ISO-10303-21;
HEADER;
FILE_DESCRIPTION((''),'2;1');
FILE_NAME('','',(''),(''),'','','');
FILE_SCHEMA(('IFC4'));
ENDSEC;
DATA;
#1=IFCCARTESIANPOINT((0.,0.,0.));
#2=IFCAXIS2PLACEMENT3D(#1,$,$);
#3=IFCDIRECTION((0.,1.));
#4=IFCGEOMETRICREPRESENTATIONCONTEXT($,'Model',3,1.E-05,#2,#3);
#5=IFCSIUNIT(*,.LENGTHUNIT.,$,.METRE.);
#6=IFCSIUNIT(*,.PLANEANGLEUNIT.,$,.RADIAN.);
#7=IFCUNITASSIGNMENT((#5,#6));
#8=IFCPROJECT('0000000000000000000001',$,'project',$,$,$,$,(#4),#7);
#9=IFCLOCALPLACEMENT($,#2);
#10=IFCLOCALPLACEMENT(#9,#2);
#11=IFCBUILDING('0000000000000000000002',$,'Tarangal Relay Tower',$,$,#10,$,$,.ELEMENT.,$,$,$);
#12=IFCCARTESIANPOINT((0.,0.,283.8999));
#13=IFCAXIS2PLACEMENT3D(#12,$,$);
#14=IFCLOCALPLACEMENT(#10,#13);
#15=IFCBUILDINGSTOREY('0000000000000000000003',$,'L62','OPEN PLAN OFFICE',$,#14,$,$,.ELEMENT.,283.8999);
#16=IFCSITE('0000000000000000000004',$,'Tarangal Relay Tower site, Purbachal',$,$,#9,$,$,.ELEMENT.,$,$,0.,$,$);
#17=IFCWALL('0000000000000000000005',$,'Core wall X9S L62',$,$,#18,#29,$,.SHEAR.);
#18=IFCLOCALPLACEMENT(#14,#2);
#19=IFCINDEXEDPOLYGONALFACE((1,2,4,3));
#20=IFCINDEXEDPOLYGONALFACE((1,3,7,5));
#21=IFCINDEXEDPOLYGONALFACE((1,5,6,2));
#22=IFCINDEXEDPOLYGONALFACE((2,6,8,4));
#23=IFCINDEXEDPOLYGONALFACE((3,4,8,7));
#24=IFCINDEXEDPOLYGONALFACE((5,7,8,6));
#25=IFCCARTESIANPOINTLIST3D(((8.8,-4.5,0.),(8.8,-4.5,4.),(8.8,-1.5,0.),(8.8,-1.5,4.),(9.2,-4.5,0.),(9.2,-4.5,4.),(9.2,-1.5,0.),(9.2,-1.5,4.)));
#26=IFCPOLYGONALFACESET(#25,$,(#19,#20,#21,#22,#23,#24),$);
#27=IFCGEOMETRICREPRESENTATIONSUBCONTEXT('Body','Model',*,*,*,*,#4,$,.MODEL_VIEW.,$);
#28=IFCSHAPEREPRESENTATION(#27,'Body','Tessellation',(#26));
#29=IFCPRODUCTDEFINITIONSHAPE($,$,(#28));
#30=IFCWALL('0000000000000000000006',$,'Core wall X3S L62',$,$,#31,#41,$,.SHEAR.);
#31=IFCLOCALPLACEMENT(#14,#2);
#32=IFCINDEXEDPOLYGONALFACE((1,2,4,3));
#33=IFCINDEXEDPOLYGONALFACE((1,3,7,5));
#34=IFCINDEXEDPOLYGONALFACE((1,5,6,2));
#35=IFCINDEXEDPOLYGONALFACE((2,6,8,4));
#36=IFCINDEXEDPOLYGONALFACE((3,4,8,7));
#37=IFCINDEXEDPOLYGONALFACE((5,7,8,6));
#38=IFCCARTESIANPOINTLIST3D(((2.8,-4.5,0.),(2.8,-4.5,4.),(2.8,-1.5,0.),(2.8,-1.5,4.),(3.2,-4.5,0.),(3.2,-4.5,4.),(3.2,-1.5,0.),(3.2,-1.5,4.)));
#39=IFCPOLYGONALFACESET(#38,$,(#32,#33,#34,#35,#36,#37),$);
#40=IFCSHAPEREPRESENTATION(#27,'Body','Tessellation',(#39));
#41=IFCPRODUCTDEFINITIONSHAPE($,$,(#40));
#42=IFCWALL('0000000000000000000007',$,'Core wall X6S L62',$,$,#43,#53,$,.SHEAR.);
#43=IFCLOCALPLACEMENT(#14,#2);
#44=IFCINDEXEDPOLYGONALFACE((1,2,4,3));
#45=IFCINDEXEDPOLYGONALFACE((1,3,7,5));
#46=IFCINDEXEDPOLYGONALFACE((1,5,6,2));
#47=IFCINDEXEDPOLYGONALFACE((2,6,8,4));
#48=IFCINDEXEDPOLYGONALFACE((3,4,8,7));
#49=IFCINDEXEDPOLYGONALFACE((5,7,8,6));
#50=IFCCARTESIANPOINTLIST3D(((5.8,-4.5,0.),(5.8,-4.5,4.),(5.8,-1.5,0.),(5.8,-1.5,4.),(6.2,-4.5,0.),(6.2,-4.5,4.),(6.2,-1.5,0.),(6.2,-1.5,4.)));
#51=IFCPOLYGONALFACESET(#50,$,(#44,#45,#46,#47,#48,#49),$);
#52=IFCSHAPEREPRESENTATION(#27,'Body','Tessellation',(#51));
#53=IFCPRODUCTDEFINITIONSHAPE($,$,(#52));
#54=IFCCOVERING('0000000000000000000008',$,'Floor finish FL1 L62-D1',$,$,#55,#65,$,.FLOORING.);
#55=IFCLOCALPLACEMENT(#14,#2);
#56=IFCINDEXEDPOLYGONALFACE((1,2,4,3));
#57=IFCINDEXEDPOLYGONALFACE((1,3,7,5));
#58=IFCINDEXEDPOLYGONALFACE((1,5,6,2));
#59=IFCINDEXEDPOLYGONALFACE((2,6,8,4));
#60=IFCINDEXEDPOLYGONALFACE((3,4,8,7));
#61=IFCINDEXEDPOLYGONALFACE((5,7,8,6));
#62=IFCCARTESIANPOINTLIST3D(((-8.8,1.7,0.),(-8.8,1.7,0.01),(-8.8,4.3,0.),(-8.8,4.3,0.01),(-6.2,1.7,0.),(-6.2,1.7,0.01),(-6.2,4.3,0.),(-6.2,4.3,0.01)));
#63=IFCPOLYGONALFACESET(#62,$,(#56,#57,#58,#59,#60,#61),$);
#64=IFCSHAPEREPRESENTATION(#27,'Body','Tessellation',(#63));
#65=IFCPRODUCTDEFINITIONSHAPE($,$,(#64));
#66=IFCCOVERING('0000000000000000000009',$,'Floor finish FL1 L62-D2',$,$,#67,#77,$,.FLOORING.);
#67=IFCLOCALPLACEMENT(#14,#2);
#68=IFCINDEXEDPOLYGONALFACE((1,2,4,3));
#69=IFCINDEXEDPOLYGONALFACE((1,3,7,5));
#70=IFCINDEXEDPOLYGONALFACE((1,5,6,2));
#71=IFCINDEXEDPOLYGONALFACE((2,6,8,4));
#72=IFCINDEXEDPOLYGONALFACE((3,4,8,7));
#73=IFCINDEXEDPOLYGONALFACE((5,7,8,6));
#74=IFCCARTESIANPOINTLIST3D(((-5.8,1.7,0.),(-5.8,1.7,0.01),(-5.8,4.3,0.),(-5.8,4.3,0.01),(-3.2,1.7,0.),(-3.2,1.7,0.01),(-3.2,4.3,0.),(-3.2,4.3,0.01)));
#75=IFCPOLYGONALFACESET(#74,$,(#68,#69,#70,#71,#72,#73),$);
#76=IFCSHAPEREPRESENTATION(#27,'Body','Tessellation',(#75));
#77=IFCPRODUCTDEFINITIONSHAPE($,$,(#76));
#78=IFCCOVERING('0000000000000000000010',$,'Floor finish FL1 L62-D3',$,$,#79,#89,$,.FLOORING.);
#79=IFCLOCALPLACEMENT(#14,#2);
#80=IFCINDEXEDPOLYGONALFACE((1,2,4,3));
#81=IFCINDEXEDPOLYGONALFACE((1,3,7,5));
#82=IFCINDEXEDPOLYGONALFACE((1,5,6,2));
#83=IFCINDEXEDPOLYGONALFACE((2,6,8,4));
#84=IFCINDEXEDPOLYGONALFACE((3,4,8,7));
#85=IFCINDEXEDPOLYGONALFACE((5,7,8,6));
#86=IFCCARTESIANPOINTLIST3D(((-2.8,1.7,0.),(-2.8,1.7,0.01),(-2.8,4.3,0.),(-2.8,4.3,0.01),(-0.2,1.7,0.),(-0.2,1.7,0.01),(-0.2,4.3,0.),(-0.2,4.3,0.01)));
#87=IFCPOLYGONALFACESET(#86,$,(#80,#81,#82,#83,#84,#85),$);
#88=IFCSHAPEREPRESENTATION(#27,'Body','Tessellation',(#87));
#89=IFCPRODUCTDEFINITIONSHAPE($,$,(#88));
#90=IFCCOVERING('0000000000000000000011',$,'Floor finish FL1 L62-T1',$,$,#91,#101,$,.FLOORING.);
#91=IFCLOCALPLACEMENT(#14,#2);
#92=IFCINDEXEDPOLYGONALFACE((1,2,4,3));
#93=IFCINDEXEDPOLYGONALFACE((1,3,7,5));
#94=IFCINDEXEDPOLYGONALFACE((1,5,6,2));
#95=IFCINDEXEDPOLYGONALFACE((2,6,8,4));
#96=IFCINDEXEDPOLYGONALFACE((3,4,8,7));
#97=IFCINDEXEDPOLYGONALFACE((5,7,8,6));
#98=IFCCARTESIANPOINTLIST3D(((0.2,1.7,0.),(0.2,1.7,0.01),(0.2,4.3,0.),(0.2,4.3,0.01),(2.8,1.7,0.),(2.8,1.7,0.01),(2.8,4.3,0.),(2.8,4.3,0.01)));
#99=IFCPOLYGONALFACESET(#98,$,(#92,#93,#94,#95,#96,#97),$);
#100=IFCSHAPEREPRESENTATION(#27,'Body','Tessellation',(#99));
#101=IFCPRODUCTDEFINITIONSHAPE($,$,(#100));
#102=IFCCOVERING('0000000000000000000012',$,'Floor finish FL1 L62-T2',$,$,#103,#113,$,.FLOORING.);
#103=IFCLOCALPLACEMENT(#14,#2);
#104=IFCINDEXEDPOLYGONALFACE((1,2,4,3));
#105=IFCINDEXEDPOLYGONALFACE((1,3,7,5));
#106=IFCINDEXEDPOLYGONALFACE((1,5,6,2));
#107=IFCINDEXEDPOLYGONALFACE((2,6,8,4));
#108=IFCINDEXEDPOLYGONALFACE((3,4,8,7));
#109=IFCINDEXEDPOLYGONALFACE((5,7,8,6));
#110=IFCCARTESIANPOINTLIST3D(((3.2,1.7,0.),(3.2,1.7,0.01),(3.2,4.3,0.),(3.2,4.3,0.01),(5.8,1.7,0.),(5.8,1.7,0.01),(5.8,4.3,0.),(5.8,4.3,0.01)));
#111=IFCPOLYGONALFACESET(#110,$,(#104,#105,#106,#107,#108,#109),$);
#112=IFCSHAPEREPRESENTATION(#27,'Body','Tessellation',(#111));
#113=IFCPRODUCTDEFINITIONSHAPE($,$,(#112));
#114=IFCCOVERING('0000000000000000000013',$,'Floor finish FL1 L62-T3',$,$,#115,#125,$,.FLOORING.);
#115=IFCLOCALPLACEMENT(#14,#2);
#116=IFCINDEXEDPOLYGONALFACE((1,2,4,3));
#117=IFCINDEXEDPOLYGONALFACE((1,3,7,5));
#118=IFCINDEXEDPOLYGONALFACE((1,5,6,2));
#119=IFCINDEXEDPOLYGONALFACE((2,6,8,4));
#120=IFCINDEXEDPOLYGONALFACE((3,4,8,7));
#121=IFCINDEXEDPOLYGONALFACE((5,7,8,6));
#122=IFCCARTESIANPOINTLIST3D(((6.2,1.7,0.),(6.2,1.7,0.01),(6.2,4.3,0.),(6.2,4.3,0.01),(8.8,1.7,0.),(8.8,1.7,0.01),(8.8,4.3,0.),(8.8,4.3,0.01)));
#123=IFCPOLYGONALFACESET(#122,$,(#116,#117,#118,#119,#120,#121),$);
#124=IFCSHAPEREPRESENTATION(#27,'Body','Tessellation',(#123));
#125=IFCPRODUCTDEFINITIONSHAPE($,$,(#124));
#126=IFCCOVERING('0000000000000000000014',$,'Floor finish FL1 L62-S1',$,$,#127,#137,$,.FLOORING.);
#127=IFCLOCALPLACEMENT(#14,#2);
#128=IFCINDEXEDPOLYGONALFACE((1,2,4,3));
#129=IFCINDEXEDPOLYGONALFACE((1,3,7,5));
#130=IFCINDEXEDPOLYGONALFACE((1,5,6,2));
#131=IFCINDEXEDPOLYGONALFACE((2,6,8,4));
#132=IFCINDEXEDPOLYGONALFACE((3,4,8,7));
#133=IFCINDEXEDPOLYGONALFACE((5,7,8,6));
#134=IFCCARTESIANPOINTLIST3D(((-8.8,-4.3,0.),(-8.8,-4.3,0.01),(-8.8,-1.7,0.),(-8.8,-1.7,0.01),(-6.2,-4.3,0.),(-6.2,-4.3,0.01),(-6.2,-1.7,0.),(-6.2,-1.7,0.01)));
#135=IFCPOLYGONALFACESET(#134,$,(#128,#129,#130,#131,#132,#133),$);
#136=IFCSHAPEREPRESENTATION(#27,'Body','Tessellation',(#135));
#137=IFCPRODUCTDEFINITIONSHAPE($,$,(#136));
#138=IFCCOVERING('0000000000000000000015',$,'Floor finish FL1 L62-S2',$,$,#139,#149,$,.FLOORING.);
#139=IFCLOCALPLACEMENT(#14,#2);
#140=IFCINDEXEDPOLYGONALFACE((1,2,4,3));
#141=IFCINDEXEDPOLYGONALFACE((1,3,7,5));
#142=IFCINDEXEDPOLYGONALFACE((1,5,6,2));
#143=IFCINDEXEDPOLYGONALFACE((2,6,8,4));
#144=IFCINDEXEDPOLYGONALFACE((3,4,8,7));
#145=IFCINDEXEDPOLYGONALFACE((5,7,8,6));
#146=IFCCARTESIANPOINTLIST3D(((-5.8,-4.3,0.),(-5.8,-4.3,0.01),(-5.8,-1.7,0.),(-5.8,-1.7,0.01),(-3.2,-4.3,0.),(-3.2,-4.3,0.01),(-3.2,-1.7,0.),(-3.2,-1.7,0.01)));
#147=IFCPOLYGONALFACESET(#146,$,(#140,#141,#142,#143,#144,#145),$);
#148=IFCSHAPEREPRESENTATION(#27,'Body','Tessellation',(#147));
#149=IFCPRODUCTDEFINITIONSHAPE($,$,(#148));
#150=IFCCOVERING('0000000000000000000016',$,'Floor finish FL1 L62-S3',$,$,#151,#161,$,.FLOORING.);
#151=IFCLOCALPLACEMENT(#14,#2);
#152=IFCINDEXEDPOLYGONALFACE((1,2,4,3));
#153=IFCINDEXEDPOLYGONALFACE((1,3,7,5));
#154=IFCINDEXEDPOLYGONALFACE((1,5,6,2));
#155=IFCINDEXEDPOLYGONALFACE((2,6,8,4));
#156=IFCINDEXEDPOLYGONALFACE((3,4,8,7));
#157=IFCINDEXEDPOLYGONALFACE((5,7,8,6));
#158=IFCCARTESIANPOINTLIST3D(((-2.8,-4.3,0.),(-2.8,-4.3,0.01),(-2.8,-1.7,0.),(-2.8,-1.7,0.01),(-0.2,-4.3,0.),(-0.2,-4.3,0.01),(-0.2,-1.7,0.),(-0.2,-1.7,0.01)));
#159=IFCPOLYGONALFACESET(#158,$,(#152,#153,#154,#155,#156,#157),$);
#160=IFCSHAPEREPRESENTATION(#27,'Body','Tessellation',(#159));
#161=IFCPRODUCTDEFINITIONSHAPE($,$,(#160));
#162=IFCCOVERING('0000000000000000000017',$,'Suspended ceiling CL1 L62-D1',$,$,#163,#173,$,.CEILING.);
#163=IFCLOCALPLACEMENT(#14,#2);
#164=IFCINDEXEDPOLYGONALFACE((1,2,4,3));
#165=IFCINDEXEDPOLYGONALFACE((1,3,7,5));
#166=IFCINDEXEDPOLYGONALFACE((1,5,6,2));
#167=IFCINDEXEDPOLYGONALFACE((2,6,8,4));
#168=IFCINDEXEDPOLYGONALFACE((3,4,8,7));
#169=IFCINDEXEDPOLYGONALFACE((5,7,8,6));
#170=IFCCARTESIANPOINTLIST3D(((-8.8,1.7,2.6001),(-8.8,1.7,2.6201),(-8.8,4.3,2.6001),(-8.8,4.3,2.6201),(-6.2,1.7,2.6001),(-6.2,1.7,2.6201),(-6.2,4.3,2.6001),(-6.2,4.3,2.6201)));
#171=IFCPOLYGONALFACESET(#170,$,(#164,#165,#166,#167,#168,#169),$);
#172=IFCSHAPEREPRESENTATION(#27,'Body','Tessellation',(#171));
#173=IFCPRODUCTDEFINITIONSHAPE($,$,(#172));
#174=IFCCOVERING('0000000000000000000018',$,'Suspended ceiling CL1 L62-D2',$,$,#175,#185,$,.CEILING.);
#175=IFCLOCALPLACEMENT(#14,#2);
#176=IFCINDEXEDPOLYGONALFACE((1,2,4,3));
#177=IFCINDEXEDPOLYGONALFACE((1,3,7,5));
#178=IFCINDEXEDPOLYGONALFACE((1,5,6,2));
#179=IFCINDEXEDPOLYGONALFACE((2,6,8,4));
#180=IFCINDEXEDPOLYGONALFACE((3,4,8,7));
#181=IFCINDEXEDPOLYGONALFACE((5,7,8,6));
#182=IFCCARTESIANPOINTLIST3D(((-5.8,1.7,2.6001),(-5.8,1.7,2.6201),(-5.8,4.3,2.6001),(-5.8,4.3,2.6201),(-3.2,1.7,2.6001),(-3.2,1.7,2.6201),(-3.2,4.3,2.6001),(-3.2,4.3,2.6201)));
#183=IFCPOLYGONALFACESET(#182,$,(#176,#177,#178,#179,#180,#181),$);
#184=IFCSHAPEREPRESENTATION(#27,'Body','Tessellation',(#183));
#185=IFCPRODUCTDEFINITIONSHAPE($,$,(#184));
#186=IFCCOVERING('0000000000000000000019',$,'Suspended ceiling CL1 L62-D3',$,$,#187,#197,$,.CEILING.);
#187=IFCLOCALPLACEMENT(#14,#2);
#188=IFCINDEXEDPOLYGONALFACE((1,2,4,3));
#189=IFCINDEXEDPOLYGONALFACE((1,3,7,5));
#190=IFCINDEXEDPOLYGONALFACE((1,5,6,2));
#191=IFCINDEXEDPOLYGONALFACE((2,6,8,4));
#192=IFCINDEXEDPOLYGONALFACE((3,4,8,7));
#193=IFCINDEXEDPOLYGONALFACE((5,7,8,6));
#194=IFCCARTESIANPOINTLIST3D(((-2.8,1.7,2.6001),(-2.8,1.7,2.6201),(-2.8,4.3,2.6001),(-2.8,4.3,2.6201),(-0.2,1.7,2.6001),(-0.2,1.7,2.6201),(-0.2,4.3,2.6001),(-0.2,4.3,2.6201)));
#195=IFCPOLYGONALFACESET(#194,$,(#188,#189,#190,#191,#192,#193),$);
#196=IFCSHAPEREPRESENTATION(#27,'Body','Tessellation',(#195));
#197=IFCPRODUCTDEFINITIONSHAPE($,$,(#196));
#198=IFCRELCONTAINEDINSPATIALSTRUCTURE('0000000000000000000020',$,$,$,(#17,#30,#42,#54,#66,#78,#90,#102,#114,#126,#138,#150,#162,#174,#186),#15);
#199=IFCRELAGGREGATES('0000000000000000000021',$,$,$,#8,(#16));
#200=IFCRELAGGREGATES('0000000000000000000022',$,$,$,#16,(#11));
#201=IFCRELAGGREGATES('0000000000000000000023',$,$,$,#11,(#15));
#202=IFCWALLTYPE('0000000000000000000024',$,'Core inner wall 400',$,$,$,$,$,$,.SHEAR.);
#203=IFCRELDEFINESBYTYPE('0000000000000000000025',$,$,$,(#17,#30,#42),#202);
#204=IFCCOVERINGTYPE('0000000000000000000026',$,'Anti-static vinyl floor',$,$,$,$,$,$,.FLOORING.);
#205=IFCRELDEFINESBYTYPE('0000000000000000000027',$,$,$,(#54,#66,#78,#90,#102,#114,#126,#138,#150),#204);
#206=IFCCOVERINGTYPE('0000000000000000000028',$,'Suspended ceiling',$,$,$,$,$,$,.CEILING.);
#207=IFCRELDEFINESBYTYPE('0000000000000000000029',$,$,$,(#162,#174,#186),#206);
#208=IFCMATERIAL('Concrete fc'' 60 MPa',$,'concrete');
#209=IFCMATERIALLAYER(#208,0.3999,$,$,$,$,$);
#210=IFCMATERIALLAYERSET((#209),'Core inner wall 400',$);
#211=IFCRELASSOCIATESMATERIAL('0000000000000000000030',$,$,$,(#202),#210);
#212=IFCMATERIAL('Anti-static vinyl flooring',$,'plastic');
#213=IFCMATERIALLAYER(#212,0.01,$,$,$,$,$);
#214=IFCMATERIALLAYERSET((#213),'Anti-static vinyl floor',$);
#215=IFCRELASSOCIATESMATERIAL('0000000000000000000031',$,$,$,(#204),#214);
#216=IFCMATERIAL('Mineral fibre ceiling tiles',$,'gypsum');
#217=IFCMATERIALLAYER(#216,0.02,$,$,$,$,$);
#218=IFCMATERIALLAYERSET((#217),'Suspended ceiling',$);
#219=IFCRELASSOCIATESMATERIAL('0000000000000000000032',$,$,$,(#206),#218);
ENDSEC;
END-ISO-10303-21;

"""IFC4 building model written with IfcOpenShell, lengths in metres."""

from ifc_helpers import new_model, si_unit, direction, frame, frame_2d, origin, place, context, subcontext, project, spatial, polyline, rectangle, outline, extrude, material, layer, layer_set, type_object, element, save


model = new_model("IFC4")

# Units and contexts
model_context = context("Model", 3, precision=1e-05, world=origin(), true_north=direction((0.0, 1.0)))
body_context = subcontext(model_context, "Body", "Model", "MODEL_VIEW")
ifc_project = project(units=[si_unit("LENGTHUNIT", "METRE"), si_unit("PLANEANGLEUNIT", "RADIAN")], contexts=[model_context])

# Site, building, storey
site_placement = place(None, origin())
site = spatial("IfcSite", under=ifc_project, at=site_placement, Name="Tarangal Relay Tower site, Purbachal", CompositionType="ELEMENT", RefElevation=0.0)
building_placement = place(site_placement, origin())
building = spatial("IfcBuilding", under=site, at=building_placement, Name="Tarangal Relay Tower", CompositionType="ELEMENT")
storey_placement = place(building_placement, frame((0.0, 0.0, 283.8999)))
storey = spatial("IfcBuildingStorey", under=building, at=storey_placement, Name="L62", Description="OPEN PLAN OFFICE", CompositionType="ELEMENT", Elevation=283.8999)

# Walls
ifc_material_1 = material(Name="Concrete fc' 60 MPa", Category="concrete")
ifc_layer_1 = layer(ifc_material_1, 0.3999)
ifc_layer_set_1 = layer_set([ifc_layer_1], Name="Core inner wall 400")
wall_type_1 = type_object("IfcWallType", Name="Core inner wall 400", PredefinedType="SHEAR", material=ifc_layer_set_1)
for number, where, z_axis, x_axis, name in (
    (1, (9.0, -4.5, 0.0), (0.0, 0.0, 1.0), (0.0, 1.0, 0.0), "Core wall X9S L62"),
    (2, (3.0, -4.5, 0.0), (0.0, 0.0, 1.0), (0.0, 1.0, 0.0), "Core wall X3S L62"),
    (3, (6.0, -4.5, 0.0), (0.0, 0.0, 1.0), (0.0, 1.0, 0.0), "Core wall X6S L62"),
):
    element("IfcWall", number, at=place(storey_placement, frame(where, z_axis=z_axis, x_axis=x_axis)), inside=storey, type_object=wall_type_1, Name=name, PredefinedType="SHEAR", context=body_context, shape_type="SweptSolid", body=[
        extrude(rectangle(XDim=3.0, YDim=0.3999, at=frame_2d((1.5, 0.0))), origin(), (0.0, 0.0, 1.0), 4.0),
    ])

# Coverings
ifc_material_2 = material(Name="Anti-static vinyl flooring", Category="plastic")
ifc_layer_2 = layer(ifc_material_2, 0.01)
ifc_layer_set_2 = layer_set([ifc_layer_2], Name="Anti-static vinyl floor")
covering_type_1 = type_object("IfcCoveringType", Name="Anti-static vinyl floor", PredefinedType="FLOORING", material=ifc_layer_set_2)
covering_1_placement = place(storey_placement, origin())
element("IfcCovering", 4, at=covering_1_placement, inside=storey, type_object=covering_type_1, Name="Floor finish FL1 L62-D1", PredefinedType="FLOORING", context=body_context, shape_type="SweptSolid", body=[
    extrude(outline(polyline([(-8.8, 1.7), (-6.2, 1.7), (-6.2, 4.3), (-8.8, 4.3), (-8.8, 1.7)])), origin(), (0.0, 0.0, 1.0), 0.01),
])
covering_2_placement = place(storey_placement, origin())
element("IfcCovering", 5, at=covering_2_placement, inside=storey, type_object=covering_type_1, Name="Floor finish FL1 L62-D2", PredefinedType="FLOORING", context=body_context, shape_type="SweptSolid", body=[
    extrude(outline(polyline([(-5.8, 1.7), (-3.2, 1.7), (-3.2, 4.3), (-5.8, 4.3), (-5.8, 1.7)])), origin(), (0.0, 0.0, 1.0), 0.01),
])
covering_3_placement = place(storey_placement, origin())
element("IfcCovering", 6, at=covering_3_placement, inside=storey, type_object=covering_type_1, Name="Floor finish FL1 L62-D3", PredefinedType="FLOORING", context=body_context, shape_type="SweptSolid", body=[
    extrude(outline(polyline([(-2.8, 1.7), (-0.2, 1.7), (-0.2, 4.3), (-2.8, 4.3), (-2.8, 1.7)])), origin(), (0.0, 0.0, 1.0), 0.01),
])
covering_4_placement = place(storey_placement, origin())
element("IfcCovering", 7, at=covering_4_placement, inside=storey, type_object=covering_type_1, Name="Floor finish FL1 L62-T1", PredefinedType="FLOORING", context=body_context, shape_type="SweptSolid", body=[
    extrude(outline(polyline([(0.2, 1.7), (2.8, 1.7), (2.8, 4.3), (0.2, 4.3), (0.2, 1.7)])), origin(), (0.0, 0.0, 1.0), 0.01),
])
covering_5_placement = place(storey_placement, origin())
element("IfcCovering", 8, at=covering_5_placement, inside=storey, type_object=covering_type_1, Name="Floor finish FL1 L62-T2", PredefinedType="FLOORING", context=body_context, shape_type="SweptSolid", body=[
    extrude(outline(polyline([(3.2, 1.7), (5.8, 1.7), (5.8, 4.3), (3.2, 4.3), (3.2, 1.7)])), origin(), (0.0, 0.0, 1.0), 0.01),
])
covering_6_placement = place(storey_placement, origin())
element("IfcCovering", 9, at=covering_6_placement, inside=storey, type_object=covering_type_1, Name="Floor finish FL1 L62-T3", PredefinedType="FLOORING", context=body_context, shape_type="SweptSolid", body=[
    extrude(outline(polyline([(6.2, 1.7), (8.8, 1.7), (8.8, 4.3), (6.2, 4.3), (6.2, 1.7)])), origin(), (0.0, 0.0, 1.0), 0.01),
])
covering_7_placement = place(storey_placement, origin())
element("IfcCovering", 10, at=covering_7_placement, inside=storey, type_object=covering_type_1, Name="Floor finish FL1 L62-S1", PredefinedType="FLOORING", context=body_context, shape_type="SweptSolid", body=[
    extrude(outline(polyline([(-8.8, -4.3), (-6.2, -4.3), (-6.2, -1.7), (-8.8, -1.7), (-8.8, -4.3)])), origin(), (0.0, 0.0, 1.0), 0.01),
])
covering_8_placement = place(storey_placement, origin())
element("IfcCovering", 11, at=covering_8_placement, inside=storey, type_object=covering_type_1, Name="Floor finish FL1 L62-S2", PredefinedType="FLOORING", context=body_context, shape_type="SweptSolid", body=[
    extrude(outline(polyline([(-5.8, -4.3), (-3.2, -4.3), (-3.2, -1.7), (-5.8, -1.7), (-5.8, -4.3)])), origin(), (0.0, 0.0, 1.0), 0.01),
])
covering_9_placement = place(storey_placement, origin())
element("IfcCovering", 12, at=covering_9_placement, inside=storey, type_object=covering_type_1, Name="Floor finish FL1 L62-S3", PredefinedType="FLOORING", context=body_context, shape_type="SweptSolid", body=[
    extrude(outline(polyline([(-2.8, -4.3), (-0.2, -4.3), (-0.2, -1.7), (-2.8, -1.7), (-2.8, -4.3)])), origin(), (0.0, 0.0, 1.0), 0.01),
])
ifc_material_3 = material(Name="Mineral fibre ceiling tiles", Category="gypsum")
ifc_layer_3 = layer(ifc_material_3, 0.02)
ifc_layer_set_3 = layer_set([ifc_layer_3], Name="Suspended ceiling")
covering_type_2 = type_object("IfcCoveringType", Name="Suspended ceiling", PredefinedType="CEILING", material=ifc_layer_set_3)
covering_10_placement = place(storey_placement, frame((0.0, 0.0, 2.6001)))
element("IfcCovering", 13, at=covering_10_placement, inside=storey, type_object=covering_type_2, Name="Suspended ceiling CL1 L62-D1", PredefinedType="CEILING", context=body_context, shape_type="SweptSolid", body=[
    extrude(outline(polyline([(-8.8, 1.7), (-6.2, 1.7), (-6.2, 4.3), (-8.8, 4.3), (-8.8, 1.7)])), origin(), (0.0, 0.0, 1.0), 0.02),
])
covering_11_placement = place(storey_placement, frame((0.0, 0.0, 2.6001)))
element("IfcCovering", 14, at=covering_11_placement, inside=storey, type_object=covering_type_2, Name="Suspended ceiling CL1 L62-D2", PredefinedType="CEILING", context=body_context, shape_type="SweptSolid", body=[
    extrude(outline(polyline([(-5.8, 1.7), (-3.2, 1.7), (-3.2, 4.3), (-5.8, 4.3), (-5.8, 1.7)])), origin(), (0.0, 0.0, 1.0), 0.02),
])
covering_12_placement = place(storey_placement, frame((0.0, 0.0, 2.6001)))
element("IfcCovering", 15, at=covering_12_placement, inside=storey, type_object=covering_type_2, Name="Suspended ceiling CL1 L62-D3", PredefinedType="CEILING", context=body_context, shape_type="SweptSolid", body=[
    extrude(outline(polyline([(-2.8, 1.7), (-0.2, 1.7), (-0.2, 4.3), (-2.8, 4.3), (-2.8, 1.7)])), origin(), (0.0, 0.0, 1.0), 0.02),
])

save(model, "model.ifc")
